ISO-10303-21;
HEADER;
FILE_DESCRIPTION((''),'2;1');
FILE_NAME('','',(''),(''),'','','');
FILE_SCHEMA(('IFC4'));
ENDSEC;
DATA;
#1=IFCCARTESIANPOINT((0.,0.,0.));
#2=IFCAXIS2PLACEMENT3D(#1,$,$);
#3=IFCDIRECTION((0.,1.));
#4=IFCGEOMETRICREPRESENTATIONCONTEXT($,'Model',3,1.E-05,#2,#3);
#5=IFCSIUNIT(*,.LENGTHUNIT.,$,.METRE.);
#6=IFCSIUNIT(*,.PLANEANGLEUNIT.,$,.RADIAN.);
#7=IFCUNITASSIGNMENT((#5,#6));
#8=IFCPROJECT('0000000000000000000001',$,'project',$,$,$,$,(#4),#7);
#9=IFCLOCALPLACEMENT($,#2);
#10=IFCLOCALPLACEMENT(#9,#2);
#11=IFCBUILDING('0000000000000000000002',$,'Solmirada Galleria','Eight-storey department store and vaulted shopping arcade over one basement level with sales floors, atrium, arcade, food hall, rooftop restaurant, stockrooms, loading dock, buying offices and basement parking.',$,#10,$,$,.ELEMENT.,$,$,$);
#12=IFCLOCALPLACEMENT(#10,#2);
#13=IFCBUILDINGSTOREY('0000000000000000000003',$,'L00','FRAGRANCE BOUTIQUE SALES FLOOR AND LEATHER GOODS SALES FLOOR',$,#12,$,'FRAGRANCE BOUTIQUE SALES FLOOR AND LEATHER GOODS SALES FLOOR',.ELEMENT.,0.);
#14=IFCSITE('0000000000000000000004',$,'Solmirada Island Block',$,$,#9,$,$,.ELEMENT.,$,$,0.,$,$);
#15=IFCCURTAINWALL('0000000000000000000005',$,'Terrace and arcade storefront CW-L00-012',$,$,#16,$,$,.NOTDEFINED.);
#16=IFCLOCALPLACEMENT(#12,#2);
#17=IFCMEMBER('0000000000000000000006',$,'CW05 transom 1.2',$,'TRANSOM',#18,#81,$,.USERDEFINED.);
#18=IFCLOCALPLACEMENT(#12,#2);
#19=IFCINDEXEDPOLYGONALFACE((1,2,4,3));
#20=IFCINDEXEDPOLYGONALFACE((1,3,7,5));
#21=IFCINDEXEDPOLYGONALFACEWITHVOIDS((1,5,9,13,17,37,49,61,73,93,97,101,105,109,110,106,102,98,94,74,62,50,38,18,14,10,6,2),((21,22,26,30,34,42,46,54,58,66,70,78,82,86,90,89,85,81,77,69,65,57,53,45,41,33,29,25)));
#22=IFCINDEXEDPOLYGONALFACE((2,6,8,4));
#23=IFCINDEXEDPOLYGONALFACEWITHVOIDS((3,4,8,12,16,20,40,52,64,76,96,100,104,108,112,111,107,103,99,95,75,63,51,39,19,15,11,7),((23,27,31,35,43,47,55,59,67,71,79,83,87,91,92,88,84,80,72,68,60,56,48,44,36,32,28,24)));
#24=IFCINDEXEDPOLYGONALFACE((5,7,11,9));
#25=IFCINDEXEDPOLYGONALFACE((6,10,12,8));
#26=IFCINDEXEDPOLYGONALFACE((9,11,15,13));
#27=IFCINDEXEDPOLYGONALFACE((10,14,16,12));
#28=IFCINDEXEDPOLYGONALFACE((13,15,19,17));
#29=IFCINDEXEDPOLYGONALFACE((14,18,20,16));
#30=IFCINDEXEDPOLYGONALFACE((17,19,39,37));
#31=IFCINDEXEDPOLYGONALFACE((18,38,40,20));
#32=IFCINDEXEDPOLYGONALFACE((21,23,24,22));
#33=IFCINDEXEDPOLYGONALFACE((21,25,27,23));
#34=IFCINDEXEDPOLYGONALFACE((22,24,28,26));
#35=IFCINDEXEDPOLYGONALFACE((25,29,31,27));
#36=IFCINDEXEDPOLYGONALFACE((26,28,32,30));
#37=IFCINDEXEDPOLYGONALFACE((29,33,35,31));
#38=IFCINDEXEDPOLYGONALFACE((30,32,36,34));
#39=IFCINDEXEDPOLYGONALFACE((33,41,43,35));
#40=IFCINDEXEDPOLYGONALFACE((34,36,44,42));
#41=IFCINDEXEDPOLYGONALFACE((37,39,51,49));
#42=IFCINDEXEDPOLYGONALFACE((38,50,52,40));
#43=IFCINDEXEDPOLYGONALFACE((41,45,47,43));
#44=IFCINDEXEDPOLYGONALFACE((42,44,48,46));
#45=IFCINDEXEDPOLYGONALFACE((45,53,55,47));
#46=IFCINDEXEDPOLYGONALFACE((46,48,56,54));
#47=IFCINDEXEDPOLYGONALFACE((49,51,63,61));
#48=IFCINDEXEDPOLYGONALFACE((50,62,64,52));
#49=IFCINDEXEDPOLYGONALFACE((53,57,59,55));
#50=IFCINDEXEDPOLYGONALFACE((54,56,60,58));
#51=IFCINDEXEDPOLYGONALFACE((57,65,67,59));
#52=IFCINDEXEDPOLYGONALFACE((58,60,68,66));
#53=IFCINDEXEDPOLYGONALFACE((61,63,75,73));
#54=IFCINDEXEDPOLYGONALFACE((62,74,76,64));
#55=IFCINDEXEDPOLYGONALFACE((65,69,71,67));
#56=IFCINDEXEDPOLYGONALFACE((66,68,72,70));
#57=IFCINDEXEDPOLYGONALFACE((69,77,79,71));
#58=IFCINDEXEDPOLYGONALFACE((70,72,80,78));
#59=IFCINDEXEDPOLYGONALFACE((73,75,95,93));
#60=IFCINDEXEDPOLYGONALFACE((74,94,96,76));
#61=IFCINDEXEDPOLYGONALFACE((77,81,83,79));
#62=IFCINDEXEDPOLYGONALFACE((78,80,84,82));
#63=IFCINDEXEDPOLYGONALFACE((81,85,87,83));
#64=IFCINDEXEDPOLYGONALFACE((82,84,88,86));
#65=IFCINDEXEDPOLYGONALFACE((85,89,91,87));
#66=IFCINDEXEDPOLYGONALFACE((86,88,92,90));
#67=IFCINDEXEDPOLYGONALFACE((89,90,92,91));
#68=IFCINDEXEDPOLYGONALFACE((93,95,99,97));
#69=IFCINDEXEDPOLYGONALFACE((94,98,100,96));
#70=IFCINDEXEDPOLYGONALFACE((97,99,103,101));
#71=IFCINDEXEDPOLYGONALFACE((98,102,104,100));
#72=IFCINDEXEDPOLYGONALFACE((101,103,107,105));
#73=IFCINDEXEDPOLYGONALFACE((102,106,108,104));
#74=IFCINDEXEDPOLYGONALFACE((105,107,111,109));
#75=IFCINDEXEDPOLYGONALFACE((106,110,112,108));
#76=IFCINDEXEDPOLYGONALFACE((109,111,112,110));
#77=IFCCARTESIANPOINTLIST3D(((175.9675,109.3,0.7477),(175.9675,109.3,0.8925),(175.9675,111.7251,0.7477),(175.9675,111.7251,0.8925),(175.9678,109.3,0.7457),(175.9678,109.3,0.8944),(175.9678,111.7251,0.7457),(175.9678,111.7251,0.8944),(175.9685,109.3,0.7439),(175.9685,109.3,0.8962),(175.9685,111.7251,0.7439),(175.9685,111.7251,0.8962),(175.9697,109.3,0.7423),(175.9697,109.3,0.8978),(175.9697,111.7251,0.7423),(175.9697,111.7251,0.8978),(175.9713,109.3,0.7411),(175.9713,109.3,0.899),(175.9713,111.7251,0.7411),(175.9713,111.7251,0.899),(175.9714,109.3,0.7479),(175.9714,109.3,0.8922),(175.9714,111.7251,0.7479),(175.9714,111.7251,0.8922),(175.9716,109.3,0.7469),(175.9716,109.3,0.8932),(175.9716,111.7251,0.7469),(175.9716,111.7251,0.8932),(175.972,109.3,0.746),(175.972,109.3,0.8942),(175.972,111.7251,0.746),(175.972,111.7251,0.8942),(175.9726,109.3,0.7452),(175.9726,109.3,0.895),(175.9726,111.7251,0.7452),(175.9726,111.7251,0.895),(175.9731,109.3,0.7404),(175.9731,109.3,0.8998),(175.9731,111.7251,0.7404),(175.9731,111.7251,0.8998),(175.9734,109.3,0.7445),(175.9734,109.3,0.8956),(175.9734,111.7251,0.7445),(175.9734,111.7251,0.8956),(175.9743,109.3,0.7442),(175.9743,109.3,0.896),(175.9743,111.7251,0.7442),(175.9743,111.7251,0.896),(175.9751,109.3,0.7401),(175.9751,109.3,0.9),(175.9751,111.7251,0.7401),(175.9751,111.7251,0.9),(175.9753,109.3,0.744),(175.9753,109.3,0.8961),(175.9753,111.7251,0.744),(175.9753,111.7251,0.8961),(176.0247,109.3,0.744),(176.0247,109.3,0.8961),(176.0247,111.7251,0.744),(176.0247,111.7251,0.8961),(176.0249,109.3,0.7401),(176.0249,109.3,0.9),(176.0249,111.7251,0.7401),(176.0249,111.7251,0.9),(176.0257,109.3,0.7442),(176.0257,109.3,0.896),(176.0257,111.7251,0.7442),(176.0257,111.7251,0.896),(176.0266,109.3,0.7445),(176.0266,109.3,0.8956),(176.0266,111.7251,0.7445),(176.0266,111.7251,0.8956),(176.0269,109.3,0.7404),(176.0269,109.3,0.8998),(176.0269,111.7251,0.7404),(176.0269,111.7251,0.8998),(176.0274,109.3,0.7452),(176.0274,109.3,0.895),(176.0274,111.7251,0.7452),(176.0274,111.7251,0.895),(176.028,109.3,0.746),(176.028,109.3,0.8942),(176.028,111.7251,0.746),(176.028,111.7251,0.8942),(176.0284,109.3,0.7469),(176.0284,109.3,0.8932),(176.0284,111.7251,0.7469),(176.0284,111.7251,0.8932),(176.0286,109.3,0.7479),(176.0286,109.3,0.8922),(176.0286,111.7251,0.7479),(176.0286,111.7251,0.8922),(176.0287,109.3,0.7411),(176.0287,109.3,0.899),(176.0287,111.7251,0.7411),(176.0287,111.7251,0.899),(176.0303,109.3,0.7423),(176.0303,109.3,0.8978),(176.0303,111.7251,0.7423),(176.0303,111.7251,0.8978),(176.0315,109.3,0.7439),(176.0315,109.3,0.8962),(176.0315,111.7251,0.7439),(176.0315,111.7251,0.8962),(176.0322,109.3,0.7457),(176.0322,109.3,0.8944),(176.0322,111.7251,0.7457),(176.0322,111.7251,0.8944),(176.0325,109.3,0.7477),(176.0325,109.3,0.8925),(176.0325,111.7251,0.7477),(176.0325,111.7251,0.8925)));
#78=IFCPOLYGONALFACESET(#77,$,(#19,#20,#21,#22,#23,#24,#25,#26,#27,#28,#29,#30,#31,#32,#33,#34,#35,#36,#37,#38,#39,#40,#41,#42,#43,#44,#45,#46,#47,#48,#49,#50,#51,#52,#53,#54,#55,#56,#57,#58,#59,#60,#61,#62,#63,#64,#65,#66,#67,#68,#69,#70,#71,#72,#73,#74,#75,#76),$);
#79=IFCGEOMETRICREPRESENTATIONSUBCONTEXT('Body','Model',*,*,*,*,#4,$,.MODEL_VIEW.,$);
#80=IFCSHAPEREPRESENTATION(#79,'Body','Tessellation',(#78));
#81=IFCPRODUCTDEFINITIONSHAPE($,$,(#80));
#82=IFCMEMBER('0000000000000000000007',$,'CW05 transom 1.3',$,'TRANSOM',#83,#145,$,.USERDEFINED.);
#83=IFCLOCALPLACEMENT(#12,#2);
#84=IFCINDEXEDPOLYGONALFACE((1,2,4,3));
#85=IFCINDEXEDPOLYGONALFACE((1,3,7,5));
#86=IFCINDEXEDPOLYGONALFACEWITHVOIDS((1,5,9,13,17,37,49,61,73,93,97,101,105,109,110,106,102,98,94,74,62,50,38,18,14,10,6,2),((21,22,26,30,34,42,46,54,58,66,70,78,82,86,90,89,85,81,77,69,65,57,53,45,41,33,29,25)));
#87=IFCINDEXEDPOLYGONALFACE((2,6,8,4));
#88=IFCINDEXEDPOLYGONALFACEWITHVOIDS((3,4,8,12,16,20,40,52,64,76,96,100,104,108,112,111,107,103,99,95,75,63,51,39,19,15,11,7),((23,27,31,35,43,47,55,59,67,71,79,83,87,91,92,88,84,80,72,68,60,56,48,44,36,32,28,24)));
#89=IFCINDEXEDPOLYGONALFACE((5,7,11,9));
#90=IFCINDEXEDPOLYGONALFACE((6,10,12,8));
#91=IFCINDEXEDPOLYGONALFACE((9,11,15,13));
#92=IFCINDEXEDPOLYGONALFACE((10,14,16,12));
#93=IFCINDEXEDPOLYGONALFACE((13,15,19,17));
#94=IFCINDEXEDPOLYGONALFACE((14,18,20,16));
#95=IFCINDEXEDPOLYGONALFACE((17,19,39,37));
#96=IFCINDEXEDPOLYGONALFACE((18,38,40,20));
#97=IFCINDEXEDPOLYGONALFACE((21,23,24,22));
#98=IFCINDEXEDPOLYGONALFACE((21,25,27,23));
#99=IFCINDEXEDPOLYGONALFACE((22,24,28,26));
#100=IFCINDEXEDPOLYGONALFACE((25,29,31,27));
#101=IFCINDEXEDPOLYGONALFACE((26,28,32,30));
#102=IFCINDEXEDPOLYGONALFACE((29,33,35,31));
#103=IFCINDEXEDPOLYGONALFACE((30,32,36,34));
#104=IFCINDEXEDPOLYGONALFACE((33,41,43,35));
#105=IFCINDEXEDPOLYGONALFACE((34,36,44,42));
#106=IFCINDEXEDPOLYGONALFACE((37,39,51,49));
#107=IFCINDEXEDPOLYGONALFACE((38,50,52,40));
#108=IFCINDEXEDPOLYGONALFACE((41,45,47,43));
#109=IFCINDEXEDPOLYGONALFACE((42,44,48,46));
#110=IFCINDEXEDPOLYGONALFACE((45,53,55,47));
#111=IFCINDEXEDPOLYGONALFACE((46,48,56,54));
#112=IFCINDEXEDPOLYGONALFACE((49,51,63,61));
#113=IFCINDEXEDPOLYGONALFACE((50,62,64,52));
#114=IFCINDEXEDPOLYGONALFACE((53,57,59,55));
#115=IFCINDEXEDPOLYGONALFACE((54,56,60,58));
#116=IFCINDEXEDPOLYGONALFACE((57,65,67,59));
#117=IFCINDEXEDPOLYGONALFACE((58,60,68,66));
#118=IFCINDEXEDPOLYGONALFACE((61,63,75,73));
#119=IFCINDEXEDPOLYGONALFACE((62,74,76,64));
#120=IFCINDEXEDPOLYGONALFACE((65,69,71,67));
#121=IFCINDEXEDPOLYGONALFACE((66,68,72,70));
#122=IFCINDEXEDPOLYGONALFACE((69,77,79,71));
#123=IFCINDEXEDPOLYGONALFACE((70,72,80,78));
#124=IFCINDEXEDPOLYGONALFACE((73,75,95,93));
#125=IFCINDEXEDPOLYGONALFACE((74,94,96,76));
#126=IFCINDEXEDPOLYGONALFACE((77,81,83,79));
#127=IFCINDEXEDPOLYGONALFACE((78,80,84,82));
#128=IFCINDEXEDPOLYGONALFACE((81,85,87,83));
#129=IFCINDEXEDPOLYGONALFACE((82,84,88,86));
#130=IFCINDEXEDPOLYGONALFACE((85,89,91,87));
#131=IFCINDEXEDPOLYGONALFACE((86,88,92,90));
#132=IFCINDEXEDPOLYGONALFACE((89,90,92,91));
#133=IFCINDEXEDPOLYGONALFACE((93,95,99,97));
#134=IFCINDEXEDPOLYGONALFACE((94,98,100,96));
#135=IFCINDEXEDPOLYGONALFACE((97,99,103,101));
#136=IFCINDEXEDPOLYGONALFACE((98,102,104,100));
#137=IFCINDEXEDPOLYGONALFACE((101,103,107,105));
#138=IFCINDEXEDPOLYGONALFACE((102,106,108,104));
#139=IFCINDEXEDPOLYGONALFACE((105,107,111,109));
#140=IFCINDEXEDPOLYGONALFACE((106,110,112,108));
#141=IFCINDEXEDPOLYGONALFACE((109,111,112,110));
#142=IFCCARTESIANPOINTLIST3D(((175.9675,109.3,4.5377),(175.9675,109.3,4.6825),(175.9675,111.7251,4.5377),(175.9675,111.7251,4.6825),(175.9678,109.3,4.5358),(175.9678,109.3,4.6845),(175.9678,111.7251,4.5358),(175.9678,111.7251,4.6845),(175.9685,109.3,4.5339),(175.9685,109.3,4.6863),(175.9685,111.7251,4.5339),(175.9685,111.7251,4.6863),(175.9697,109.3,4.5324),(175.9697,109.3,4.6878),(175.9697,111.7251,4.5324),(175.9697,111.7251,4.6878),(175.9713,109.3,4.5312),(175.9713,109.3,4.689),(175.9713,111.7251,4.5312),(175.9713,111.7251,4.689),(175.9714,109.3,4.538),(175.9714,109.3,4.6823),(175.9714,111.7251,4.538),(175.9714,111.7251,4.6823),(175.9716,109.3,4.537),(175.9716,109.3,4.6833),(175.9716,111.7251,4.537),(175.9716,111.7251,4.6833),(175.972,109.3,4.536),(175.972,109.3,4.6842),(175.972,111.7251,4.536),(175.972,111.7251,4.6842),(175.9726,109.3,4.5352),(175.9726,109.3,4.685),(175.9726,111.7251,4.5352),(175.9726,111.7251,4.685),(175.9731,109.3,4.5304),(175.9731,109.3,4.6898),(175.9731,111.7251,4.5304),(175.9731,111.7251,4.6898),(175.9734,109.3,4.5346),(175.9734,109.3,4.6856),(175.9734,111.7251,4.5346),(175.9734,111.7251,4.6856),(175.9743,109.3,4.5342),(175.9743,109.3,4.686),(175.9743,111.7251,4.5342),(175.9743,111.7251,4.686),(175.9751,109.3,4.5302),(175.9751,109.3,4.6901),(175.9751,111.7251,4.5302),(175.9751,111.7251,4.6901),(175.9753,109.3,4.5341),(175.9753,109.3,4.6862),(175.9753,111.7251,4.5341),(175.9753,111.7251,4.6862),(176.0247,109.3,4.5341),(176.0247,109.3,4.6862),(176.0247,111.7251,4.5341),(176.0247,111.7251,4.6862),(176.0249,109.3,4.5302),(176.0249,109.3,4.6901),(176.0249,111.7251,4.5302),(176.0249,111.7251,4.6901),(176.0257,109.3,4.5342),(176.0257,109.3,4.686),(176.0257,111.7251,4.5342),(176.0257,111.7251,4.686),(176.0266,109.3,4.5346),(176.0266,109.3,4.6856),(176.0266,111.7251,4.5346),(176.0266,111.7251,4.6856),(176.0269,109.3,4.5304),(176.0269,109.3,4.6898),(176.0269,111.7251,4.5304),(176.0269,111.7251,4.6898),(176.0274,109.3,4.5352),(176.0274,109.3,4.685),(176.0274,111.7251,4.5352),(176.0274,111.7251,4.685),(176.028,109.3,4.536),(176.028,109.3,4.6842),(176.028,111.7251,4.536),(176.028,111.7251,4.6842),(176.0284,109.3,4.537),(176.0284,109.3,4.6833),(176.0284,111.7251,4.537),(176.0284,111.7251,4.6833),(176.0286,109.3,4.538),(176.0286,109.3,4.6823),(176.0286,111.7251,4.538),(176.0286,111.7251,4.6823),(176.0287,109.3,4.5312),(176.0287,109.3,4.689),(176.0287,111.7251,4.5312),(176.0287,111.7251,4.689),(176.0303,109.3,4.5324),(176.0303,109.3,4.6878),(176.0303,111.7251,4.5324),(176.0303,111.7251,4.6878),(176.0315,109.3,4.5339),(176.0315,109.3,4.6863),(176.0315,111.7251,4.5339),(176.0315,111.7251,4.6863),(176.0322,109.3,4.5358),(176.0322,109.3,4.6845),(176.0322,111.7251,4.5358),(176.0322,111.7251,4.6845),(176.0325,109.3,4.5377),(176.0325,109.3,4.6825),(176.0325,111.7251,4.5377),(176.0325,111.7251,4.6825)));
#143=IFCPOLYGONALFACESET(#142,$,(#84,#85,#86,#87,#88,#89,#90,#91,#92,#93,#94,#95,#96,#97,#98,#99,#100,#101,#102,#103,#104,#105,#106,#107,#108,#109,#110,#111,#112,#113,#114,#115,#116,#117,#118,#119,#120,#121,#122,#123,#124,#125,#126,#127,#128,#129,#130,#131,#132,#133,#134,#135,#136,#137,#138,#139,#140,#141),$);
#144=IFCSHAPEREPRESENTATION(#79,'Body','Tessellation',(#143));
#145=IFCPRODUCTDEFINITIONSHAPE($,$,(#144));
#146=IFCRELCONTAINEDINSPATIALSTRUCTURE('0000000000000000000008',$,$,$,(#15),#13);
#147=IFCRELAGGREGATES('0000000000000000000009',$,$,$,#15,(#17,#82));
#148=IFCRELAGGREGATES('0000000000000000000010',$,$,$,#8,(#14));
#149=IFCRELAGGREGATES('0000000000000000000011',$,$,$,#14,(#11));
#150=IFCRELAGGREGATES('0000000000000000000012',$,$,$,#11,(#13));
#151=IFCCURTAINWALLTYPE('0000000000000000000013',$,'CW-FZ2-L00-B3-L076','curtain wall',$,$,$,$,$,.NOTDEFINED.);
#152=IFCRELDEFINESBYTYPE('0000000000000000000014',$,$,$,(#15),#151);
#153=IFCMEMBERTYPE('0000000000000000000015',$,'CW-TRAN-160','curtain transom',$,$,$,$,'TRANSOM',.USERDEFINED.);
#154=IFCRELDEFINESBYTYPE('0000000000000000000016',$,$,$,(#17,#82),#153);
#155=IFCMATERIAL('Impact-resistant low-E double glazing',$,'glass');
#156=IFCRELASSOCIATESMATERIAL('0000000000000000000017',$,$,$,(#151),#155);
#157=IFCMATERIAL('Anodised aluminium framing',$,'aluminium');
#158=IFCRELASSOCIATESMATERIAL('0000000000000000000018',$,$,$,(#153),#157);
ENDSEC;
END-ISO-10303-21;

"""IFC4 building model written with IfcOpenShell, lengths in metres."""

from ifc_helpers import new_model, si_unit, direction, frame, origin, origin_2d, place, context, subcontext, project, spatial, hollow_rectangle, extrude, material, material_profile, profile_set, type_object, element, aggregate, save


model = new_model("IFC4")

# Units and contexts
model_context = context("Model", 3, precision=1e-05, world=origin(), true_north=direction((0.0, 1.0)))
body_context = subcontext(model_context, "Body", "Model", "MODEL_VIEW")
ifc_project = project(units=[si_unit("LENGTHUNIT", "METRE"), si_unit("PLANEANGLEUNIT", "RADIAN")], contexts=[model_context])

# Site, building, storey
site_placement = place(None, origin())
site = spatial("IfcSite", under=ifc_project, at=site_placement, Name="Solmirada Island Block", CompositionType="ELEMENT", RefElevation=0.0)
building_placement = place(site_placement, origin())
building = spatial("IfcBuilding", under=site, at=building_placement, Name="Solmirada Galleria", Description="Eight-storey department store and vaulted shopping arcade over one basement level with sales floors, atrium, arcade, food hall, rooftop restaurant, stockrooms, loading dock, buying offices and basement parking.", CompositionType="ELEMENT")
storey_placement = place(building_placement, origin())
storey = spatial("IfcBuildingStorey", under=building, at=storey_placement, Name="L00", Description="FRAGRANCE BOUTIQUE SALES FLOOR AND LEATHER GOODS SALES FLOOR", LongName="FRAGRANCE BOUTIQUE SALES FLOOR AND LEATHER GOODS SALES FLOOR", CompositionType="ELEMENT", Elevation=0.0)

# Curtain wall, members
ifc_material_1 = material(Name="Impact-resistant low-E double glazing", Category="glass")
curtain_wall_type = type_object("IfcCurtainWallType", Name="CW-FZ2-L00-B3-L076", Description="curtain wall", PredefinedType="NOTDEFINED", material=ifc_material_1)
curtain_wall_placement = place(storey_placement, origin())
curtain_wall = element("IfcCurtainWall", 1, at=curtain_wall_placement, inside=storey, type_object=curtain_wall_type, Name="Terrace and arcade storefront CW-L00-012", PredefinedType="NOTDEFINED")
ifc_material_2 = material(Name="Anodised aluminium framing", Category="aluminium")
ifc_material_profile_1 = material_profile(ifc_material_2, hollow_rectangle(XDim=0.0649, YDim=0.1599, WallThickness=0.0039, InnerFilletRadius=0.0039, OuterFilletRadius=0.0076, at=origin_2d()), Name="ALU-TRAN-160X65")
ifc_profile_set_1 = profile_set([ifc_material_profile_1], Name="Anodised aluminium framing")
member_type_1 = type_object("IfcMemberType", Name="CW-TRAN-160", Description="curtain transom", ElementType="TRANSOM", PredefinedType="USERDEFINED", material=ifc_profile_set_1)
member_1_placement = place(storey_placement, frame((176.0, 111.7251, 0.8201), z_axis=(0.0, -1.0, 0.0), x_axis=(1.0, 0.0, 0.0)))
member_1 = element("IfcMember", 2, at=member_1_placement, type_object=member_type_1, Name="CW05 transom 1.2", ObjectType="TRANSOM", PredefinedType="USERDEFINED", context=body_context, shape_type="SweptSolid", body=[
    extrude(hollow_rectangle(XDim=0.0649, YDim=0.1599, WallThickness=0.0039, InnerFilletRadius=0.0039, OuterFilletRadius=0.0076, at=origin_2d()), origin(), (0.0, 0.0, 1.0), 2.425),
])
member_2_placement = place(storey_placement, frame((176.0, 111.7251, 4.6101), z_axis=(0.0, -1.0, 0.0), x_axis=(1.0, 0.0, 0.0)))
member_2 = element("IfcMember", 3, at=member_2_placement, type_object=member_type_1, Name="CW05 transom 1.3", ObjectType="TRANSOM", PredefinedType="USERDEFINED", context=body_context, shape_type="SweptSolid", body=[
    extrude(hollow_rectangle(XDim=0.0649, YDim=0.1599, WallThickness=0.0039, InnerFilletRadius=0.0039, OuterFilletRadius=0.0076, at=origin_2d()), origin(), (0.0, 0.0, 1.0), 2.425),
])
aggregate(curtain_wall, [member_1, member_2])

save(model, "model.ifc")
